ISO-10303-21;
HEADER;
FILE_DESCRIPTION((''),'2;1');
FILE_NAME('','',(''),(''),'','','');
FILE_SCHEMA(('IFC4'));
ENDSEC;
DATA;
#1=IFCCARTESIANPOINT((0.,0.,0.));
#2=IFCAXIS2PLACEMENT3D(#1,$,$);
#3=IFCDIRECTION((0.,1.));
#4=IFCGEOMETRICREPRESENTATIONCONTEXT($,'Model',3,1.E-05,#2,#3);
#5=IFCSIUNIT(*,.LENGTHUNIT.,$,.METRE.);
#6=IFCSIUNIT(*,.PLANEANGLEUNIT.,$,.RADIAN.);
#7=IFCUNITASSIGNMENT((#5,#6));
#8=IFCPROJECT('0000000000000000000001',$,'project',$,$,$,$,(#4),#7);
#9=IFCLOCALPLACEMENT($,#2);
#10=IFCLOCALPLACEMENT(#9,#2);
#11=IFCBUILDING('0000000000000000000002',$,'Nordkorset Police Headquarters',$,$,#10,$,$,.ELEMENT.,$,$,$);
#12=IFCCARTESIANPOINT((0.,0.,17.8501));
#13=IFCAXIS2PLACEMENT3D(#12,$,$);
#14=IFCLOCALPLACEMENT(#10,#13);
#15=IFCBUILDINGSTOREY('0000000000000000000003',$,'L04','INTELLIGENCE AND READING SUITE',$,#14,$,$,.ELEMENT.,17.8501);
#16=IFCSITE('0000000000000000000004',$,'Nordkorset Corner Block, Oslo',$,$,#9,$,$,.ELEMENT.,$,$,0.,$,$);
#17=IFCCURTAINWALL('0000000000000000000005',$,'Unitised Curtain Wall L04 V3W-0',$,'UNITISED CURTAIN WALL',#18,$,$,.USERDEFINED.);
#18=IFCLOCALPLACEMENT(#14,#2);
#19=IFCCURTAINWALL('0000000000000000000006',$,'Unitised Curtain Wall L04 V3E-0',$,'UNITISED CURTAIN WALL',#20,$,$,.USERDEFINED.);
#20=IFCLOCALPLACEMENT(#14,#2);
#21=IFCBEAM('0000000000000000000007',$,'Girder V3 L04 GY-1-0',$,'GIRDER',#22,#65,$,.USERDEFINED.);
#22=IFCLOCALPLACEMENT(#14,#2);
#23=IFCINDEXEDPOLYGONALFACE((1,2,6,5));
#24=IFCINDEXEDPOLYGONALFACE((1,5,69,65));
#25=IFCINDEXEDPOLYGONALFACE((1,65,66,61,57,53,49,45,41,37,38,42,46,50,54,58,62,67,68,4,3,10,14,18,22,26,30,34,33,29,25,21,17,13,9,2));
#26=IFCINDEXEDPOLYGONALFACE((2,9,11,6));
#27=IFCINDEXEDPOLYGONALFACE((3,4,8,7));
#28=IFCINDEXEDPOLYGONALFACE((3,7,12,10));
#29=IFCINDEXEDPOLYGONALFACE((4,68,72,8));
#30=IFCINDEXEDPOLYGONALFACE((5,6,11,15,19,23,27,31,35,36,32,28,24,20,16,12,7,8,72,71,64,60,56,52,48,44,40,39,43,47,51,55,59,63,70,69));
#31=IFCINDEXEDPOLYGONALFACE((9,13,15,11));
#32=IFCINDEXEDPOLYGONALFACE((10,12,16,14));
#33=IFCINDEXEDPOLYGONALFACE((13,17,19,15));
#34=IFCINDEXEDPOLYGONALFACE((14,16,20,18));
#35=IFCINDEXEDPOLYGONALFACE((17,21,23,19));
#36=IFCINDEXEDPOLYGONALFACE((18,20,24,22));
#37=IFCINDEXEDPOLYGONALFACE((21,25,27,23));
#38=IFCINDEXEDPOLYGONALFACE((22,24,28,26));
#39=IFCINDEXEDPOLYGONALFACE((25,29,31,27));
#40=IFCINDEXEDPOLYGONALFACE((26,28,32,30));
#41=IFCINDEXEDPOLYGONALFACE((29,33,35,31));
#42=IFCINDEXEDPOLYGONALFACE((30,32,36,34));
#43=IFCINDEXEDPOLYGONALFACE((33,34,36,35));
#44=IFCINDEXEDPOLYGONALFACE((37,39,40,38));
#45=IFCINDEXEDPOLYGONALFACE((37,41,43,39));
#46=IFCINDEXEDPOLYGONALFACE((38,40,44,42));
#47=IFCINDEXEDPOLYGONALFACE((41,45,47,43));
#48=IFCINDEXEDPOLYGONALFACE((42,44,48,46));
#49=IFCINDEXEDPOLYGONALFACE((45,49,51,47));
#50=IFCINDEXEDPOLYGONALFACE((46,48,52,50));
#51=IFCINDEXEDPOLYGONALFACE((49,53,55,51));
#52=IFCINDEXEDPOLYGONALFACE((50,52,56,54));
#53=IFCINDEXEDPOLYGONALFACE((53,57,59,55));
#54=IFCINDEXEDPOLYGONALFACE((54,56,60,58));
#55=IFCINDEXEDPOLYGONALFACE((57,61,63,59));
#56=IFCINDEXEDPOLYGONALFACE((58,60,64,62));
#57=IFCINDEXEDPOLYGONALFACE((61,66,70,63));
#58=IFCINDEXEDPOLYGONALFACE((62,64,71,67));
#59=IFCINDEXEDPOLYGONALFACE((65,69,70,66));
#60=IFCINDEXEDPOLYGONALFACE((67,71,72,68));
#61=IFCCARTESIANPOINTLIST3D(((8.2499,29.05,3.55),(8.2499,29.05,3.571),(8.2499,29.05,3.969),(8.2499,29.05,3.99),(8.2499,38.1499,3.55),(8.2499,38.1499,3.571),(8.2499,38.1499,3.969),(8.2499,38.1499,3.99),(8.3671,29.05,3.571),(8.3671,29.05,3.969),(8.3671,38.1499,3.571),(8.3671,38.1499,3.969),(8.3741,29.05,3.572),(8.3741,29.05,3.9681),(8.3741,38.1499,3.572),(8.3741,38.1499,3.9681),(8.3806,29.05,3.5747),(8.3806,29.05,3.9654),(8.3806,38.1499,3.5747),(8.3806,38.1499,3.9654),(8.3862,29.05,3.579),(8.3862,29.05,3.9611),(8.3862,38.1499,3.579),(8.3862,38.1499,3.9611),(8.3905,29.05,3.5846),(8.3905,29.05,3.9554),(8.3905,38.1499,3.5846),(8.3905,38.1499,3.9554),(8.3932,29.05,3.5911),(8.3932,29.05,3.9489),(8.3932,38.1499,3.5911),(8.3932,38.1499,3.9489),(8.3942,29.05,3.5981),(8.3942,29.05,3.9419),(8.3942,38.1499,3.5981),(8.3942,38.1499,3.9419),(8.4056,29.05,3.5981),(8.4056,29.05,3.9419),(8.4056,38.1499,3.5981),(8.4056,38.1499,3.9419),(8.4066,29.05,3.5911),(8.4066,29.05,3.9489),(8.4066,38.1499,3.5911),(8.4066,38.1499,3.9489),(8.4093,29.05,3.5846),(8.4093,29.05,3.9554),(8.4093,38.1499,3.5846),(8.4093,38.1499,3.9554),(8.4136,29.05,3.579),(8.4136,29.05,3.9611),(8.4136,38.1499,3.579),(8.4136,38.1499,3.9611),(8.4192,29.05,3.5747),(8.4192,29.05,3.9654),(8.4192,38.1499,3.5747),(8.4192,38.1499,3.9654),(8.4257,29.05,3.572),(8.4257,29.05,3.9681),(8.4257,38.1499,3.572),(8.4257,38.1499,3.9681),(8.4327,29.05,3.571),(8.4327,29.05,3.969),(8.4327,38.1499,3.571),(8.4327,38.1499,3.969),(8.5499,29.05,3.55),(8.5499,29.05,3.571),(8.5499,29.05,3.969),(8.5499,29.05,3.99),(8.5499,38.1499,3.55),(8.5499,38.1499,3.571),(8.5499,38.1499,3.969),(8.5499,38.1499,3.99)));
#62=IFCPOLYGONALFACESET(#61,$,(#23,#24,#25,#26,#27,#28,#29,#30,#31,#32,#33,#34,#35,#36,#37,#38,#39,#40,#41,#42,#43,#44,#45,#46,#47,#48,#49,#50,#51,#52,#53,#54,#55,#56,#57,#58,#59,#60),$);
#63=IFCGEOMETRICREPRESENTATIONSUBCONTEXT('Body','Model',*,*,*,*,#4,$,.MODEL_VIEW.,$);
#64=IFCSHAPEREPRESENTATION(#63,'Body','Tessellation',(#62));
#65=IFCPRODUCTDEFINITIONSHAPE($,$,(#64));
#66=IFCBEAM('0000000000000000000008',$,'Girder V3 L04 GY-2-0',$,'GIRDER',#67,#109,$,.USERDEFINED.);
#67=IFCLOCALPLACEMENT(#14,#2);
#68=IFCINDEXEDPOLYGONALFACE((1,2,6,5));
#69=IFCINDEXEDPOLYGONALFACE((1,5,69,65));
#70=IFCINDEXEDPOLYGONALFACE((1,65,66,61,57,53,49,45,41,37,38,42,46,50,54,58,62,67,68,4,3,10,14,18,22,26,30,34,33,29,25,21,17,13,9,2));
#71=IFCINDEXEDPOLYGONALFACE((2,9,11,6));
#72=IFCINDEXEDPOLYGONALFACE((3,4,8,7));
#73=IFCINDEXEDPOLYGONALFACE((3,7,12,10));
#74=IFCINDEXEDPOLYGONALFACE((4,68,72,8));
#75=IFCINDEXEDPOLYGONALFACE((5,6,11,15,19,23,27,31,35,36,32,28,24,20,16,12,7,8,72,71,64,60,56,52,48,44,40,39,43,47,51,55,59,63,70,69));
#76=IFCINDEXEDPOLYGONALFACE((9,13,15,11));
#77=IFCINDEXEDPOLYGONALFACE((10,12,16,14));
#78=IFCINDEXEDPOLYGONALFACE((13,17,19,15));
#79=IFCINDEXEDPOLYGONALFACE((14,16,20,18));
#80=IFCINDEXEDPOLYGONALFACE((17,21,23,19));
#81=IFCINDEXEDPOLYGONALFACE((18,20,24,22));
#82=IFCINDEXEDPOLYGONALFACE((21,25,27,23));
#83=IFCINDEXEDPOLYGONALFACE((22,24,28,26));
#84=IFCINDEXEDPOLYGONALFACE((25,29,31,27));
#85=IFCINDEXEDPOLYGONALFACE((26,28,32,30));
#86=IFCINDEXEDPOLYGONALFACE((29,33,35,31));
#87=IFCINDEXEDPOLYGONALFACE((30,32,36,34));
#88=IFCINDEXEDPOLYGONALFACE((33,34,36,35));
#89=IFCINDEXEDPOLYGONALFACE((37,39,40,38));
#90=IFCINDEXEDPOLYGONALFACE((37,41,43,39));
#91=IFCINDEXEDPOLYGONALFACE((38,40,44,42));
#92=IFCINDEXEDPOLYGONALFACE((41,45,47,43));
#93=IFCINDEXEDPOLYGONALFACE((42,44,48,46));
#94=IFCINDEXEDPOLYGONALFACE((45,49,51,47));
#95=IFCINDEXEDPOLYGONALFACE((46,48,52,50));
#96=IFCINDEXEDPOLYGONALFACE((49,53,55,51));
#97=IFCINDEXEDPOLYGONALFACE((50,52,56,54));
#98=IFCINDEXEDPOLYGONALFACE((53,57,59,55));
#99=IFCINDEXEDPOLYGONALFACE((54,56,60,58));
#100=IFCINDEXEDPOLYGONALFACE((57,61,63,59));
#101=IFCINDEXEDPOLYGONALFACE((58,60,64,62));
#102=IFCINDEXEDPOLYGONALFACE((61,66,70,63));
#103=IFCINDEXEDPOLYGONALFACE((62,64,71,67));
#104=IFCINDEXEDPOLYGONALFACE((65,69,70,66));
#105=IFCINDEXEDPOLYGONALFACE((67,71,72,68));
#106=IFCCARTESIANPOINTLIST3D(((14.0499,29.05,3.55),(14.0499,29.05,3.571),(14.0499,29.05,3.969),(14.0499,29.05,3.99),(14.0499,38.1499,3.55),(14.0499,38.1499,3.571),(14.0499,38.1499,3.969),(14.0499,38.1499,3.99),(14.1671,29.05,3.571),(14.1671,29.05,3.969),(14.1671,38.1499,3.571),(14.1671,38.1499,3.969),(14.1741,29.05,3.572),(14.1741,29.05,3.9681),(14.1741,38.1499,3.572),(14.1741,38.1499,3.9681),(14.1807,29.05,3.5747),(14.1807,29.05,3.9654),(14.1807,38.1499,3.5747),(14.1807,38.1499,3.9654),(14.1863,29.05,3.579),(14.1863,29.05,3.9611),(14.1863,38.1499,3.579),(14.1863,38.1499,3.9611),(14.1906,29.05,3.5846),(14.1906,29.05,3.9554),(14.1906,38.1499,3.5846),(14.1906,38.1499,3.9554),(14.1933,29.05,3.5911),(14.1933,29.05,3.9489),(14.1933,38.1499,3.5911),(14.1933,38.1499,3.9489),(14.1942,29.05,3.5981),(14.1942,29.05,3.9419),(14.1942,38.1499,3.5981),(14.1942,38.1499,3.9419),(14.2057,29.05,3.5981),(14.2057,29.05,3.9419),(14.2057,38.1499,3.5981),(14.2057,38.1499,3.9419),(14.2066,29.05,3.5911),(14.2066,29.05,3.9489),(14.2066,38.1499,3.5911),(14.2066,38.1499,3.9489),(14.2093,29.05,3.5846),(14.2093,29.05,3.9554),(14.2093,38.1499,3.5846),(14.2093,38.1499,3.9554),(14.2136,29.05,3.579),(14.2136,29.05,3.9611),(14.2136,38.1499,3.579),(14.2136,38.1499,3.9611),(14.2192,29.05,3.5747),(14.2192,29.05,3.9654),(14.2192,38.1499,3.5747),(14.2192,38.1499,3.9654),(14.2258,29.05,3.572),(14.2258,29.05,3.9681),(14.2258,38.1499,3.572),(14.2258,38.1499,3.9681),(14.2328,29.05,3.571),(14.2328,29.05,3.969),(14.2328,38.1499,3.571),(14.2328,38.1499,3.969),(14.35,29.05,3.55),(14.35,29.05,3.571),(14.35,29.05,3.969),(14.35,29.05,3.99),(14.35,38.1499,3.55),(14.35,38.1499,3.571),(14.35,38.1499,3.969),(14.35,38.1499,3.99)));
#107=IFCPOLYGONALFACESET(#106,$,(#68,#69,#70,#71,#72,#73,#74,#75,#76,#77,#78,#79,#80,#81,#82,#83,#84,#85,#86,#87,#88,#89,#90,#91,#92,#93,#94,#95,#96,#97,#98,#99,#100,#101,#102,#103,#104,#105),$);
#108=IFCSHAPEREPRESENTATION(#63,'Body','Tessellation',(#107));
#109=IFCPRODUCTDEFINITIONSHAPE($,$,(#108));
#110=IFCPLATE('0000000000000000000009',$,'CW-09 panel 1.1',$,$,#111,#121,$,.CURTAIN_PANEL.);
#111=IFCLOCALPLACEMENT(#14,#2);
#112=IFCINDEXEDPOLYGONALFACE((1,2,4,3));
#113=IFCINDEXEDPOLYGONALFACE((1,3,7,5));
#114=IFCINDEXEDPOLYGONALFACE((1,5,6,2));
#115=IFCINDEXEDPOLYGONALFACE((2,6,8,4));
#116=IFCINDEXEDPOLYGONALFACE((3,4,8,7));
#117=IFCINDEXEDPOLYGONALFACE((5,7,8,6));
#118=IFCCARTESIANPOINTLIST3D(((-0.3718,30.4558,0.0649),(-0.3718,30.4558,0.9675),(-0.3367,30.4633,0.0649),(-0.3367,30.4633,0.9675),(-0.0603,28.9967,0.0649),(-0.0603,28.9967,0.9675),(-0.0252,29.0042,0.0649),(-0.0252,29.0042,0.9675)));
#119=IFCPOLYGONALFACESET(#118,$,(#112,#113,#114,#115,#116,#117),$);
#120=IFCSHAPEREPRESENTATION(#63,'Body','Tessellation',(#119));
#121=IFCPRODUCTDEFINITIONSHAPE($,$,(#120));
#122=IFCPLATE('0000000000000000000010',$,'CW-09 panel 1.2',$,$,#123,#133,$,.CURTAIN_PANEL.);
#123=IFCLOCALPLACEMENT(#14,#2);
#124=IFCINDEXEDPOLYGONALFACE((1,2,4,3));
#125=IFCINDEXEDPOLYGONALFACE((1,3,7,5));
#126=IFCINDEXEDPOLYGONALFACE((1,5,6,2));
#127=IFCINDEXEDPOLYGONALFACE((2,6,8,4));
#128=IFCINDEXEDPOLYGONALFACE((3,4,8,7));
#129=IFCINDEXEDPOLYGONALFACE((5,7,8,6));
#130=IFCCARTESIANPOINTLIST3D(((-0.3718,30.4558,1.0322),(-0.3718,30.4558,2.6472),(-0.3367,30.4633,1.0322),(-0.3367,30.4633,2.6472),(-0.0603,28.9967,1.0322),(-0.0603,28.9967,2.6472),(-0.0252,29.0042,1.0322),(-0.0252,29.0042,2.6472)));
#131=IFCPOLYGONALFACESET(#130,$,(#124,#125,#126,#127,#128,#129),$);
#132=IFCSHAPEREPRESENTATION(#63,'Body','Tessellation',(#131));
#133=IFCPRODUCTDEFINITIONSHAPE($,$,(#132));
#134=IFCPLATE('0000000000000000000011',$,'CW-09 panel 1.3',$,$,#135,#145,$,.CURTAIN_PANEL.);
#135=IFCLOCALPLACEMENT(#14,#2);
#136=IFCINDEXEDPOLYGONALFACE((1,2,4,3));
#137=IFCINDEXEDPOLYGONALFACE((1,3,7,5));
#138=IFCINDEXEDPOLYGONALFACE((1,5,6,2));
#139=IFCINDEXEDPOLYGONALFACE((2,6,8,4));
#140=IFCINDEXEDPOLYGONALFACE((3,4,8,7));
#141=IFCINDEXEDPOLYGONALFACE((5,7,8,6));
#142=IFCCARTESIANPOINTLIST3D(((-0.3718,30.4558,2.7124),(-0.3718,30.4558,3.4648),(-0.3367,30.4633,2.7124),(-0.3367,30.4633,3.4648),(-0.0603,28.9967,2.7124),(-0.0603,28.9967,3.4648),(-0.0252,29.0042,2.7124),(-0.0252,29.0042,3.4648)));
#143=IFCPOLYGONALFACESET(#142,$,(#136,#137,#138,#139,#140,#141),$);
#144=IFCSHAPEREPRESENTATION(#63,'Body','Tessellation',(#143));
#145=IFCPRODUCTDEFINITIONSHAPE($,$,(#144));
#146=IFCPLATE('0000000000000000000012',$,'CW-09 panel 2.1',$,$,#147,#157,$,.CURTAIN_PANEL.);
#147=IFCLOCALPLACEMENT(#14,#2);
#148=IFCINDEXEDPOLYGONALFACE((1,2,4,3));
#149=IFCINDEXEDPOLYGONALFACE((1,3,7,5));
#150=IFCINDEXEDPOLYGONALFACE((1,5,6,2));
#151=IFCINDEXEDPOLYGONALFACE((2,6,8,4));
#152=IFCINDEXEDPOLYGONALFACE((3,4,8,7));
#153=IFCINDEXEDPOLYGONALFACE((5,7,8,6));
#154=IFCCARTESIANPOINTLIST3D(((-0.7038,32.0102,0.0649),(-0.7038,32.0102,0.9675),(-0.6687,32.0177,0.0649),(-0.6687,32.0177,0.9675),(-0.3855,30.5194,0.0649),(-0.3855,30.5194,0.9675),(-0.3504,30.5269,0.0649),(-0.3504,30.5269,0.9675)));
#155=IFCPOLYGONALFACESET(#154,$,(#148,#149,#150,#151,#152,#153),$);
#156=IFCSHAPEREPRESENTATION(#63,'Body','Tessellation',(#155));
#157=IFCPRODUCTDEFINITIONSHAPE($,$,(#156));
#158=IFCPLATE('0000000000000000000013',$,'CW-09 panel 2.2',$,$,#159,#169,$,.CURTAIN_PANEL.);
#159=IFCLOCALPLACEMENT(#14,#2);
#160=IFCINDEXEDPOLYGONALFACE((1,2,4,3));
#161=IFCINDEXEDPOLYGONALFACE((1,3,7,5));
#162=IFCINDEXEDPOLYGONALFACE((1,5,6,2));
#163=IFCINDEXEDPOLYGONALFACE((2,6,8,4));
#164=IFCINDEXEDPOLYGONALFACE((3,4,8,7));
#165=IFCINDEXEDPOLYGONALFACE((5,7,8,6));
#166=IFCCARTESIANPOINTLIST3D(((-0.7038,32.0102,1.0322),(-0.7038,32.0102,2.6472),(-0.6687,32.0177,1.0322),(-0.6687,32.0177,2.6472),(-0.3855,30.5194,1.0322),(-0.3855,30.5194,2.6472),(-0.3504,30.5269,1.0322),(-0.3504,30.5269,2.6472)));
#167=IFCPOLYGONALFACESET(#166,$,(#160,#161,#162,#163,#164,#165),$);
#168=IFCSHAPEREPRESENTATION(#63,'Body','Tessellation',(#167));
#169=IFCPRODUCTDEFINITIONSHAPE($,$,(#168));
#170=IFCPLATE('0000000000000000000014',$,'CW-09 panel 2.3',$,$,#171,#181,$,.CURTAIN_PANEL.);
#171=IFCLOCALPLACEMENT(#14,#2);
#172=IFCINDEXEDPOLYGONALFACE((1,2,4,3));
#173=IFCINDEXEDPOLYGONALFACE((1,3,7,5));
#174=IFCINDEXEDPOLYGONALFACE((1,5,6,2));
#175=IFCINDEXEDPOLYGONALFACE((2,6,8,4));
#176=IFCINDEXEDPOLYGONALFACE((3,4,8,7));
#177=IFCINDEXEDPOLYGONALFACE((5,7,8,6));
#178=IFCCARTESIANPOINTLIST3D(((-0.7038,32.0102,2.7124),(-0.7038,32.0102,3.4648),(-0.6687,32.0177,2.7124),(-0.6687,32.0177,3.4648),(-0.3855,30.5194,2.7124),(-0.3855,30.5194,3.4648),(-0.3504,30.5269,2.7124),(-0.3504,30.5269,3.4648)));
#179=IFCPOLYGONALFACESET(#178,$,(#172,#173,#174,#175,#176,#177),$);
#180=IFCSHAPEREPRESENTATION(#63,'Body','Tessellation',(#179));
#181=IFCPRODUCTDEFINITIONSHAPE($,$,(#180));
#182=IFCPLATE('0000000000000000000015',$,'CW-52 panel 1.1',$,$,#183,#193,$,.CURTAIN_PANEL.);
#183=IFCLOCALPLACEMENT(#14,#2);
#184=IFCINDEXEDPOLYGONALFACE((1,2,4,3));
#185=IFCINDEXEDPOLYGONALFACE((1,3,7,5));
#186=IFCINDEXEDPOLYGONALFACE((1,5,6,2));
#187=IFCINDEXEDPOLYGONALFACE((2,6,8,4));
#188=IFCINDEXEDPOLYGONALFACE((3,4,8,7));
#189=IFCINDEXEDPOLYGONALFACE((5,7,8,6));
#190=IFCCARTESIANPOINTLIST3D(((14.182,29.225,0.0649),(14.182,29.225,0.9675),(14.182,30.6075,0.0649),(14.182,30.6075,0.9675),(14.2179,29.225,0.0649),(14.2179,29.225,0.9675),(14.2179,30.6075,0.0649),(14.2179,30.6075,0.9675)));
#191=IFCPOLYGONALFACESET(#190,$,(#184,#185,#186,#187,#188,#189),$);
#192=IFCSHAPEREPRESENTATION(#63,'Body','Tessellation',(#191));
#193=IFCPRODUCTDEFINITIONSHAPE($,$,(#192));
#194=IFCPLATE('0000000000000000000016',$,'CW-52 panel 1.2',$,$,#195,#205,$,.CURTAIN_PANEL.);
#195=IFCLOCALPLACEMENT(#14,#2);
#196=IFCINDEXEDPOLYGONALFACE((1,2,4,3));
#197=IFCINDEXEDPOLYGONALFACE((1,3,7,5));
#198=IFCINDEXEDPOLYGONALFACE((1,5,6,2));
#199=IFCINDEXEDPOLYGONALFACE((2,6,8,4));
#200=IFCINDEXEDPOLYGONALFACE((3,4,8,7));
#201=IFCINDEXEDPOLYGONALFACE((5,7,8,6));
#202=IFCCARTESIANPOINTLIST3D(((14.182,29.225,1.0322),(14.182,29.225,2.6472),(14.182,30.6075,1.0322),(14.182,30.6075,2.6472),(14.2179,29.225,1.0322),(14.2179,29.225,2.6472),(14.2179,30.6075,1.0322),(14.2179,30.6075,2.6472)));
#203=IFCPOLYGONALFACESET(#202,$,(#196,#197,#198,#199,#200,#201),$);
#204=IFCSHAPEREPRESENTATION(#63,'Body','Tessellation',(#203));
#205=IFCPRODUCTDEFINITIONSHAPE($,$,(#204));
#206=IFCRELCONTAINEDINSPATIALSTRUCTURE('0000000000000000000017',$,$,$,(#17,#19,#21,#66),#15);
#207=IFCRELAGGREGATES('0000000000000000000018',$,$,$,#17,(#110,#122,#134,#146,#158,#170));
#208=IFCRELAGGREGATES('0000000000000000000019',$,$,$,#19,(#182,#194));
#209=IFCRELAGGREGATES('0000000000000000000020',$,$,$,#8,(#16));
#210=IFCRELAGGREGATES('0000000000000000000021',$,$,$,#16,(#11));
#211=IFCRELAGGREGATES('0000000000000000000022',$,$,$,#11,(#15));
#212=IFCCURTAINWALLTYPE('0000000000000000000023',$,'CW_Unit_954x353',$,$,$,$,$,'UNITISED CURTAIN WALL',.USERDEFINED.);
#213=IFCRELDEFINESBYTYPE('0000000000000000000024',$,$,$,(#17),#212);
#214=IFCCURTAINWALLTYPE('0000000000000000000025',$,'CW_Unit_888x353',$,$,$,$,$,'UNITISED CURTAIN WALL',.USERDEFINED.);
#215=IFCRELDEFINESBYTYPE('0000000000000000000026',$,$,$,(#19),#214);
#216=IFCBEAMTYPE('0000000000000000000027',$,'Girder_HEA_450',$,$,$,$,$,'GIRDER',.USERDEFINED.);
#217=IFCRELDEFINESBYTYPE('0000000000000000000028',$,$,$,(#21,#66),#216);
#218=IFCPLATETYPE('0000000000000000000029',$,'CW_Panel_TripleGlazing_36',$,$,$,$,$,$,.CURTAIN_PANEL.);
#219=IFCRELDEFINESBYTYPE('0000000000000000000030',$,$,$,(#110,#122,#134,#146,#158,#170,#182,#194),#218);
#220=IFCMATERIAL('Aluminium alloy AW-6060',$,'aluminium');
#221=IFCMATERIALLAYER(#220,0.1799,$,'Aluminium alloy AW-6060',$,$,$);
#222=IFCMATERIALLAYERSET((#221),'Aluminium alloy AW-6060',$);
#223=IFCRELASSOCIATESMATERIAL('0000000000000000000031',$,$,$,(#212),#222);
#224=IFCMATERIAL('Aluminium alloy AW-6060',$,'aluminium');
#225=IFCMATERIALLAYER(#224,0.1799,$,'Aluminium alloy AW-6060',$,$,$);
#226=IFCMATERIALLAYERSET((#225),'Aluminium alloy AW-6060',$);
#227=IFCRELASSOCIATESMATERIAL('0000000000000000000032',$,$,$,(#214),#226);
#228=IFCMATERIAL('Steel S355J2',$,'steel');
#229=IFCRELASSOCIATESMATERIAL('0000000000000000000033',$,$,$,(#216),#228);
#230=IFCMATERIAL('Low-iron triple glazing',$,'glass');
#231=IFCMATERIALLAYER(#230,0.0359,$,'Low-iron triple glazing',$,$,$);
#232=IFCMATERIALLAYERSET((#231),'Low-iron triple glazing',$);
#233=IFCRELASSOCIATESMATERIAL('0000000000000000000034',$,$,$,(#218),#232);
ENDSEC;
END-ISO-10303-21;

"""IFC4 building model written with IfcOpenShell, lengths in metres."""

from ifc_helpers import new_model, si_unit, direction, frame, origin, origin_2d, place, context, subcontext, project, spatial, rectangle, i_section, extrude, material, layer, layer_set, material_profile, profile_set, type_object, element, aggregate, save


model = new_model("IFC4")

# Units and contexts
model_context = context("Model", 3, precision=1e-05, world=origin(), true_north=direction((0.0, 1.0)))
body_context = subcontext(model_context, "Body", "Model", "MODEL_VIEW")
ifc_project = project(units=[si_unit("LENGTHUNIT", "METRE"), si_unit("PLANEANGLEUNIT", "RADIAN")], contexts=[model_context])

# Site, building, storey
site_placement = place(None, origin())
site = spatial("IfcSite", under=ifc_project, at=site_placement, Name="Nordkorset Corner Block, Oslo", CompositionType="ELEMENT", RefElevation=0.0)
building_placement = place(site_placement, origin())
building = spatial("IfcBuilding", under=site, at=building_placement, Name="Nordkorset Police Headquarters", CompositionType="ELEMENT")
storey_placement = place(building_placement, frame((0.0, 0.0, 17.8501)))
storey = spatial("IfcBuildingStorey", under=building, at=storey_placement, Name="L04", Description="INTELLIGENCE AND READING SUITE", CompositionType="ELEMENT", Elevation=17.8501)

# Curtain walls
ifc_material_1 = material(Name="Aluminium alloy AW-6060", Category="aluminium")
ifc_layer_1 = layer(ifc_material_1, 0.1799, Name="Aluminium alloy AW-6060")
ifc_layer_set_1 = layer_set([ifc_layer_1], Name="Aluminium alloy AW-6060")
curtain_wall_type_1 = type_object("IfcCurtainWallType", Name="CW_Unit_954x353", ElementType="UNITISED CURTAIN WALL", PredefinedType="USERDEFINED", material=ifc_layer_set_1)
curtain_wall_1_placement = place(storey_placement, origin())
curtain_wall_1 = element("IfcCurtainWall", 1, at=curtain_wall_1_placement, inside=storey, type_object=curtain_wall_type_1, Name="Unitised Curtain Wall L04 V3W-0", ObjectType="UNITISED CURTAIN WALL", PredefinedType="USERDEFINED")
ifc_material_2 = material(Name="Aluminium alloy AW-6060", Category="aluminium")
ifc_layer_2 = layer(ifc_material_2, 0.1799, Name="Aluminium alloy AW-6060")
ifc_layer_set_2 = layer_set([ifc_layer_2], Name="Aluminium alloy AW-6060")
curtain_wall_type_2 = type_object("IfcCurtainWallType", Name="CW_Unit_888x353", ElementType="UNITISED CURTAIN WALL", PredefinedType="USERDEFINED", material=ifc_layer_set_2)
curtain_wall_2_placement = place(storey_placement, origin())
curtain_wall_2 = element("IfcCurtainWall", 2, at=curtain_wall_2_placement, inside=storey, type_object=curtain_wall_type_2, Name="Unitised Curtain Wall L04 V3E-0", ObjectType="UNITISED CURTAIN WALL", PredefinedType="USERDEFINED")

# Beams
ifc_material_3 = material(Name="Steel S355J2", Category="steel")
ifc_material_profile_1 = material_profile(ifc_material_3, i_section(OverallWidth=0.3, OverallDepth=0.4399, WebThickness=0.0115, FlangeThickness=0.021, FilletRadius=0.0271, at=origin_2d()), Name="HEA 450")
ifc_profile_set_1 = profile_set([ifc_material_profile_1], Name="Steel S355J2")
beam_type = type_object("IfcBeamType", Name="Girder_HEA_450", ElementType="GIRDER", PredefinedType="USERDEFINED", material=ifc_profile_set_1)
for number, where, z_axis, x_axis, name in (
    (3, (8.3999, 29.05, 3.77), (0.0, 1.0, 0.0), (-1.0, 0.0, 0.0), "Girder V3 L04 GY-1-0"),
    (4, (14.2, 29.05, 3.77), (0.0, 1.0, 0.0), (-1.0, 0.0, 0.0), "Girder V3 L04 GY-2-0"),
):
    element("IfcBeam", number, at=place(storey_placement, frame(where, z_axis=z_axis, x_axis=x_axis)), inside=storey, type_object=beam_type, Name=name, ObjectType="GIRDER", PredefinedType="USERDEFINED", context=body_context, shape_type="SweptSolid", body=[
        extrude(i_section(OverallWidth=0.3, OverallDepth=0.4399, WebThickness=0.0115, FlangeThickness=0.021, FilletRadius=0.0271, at=origin_2d()), origin(), (0.0, 0.0, 1.0), 9.0999),
    ])

# Plates
ifc_material_4 = material(Name="Low-iron triple glazing", Category="glass")
ifc_layer_3 = layer(ifc_material_4, 0.0359, Name="Low-iron triple glazing")
ifc_layer_set_3 = layer_set([ifc_layer_3], Name="Low-iron triple glazing")
plate_type = type_object("IfcPlateType", Name="CW_Panel_TripleGlazing_36", PredefinedType="CURTAIN_PANEL", material=ifc_layer_set_3)
plate_1_placement = place(storey_placement, frame((-0.1985, 29.73, 0.0649), z_axis=(0.0, 0.0, 1.0), x_axis=(-0.208833, 0.977951, 0.0)))
plate_1 = element("IfcPlate", 5, at=plate_1_placement, type_object=plate_type, Name="CW-09 panel 1.1", PredefinedType="CURTAIN_PANEL", context=body_context, shape_type="SweptSolid", body=[
    extrude(rectangle(XDim=1.4919, YDim=0.0359, at=origin_2d()), origin(), (0.0, 0.0, 1.0), 0.9026),
])
plate_2_placement = place(storey_placement, frame((-0.1985, 29.73, 1.0322), z_axis=(0.0, 0.0, 1.0), x_axis=(-0.208833, 0.977951, 0.0)))
plate_2 = element("IfcPlate", 6, at=plate_2_placement, type_object=plate_type, Name="CW-09 panel 1.2", PredefinedType="CURTAIN_PANEL", context=body_context, shape_type="SweptSolid", body=[
    extrude(rectangle(XDim=1.4919, YDim=0.0359, at=origin_2d()), origin(), (0.0, 0.0, 1.0), 1.615),
])
plate_3_placement = place(storey_placement, frame((-0.1985, 29.73, 2.7124), z_axis=(0.0, 0.0, 1.0), x_axis=(-0.208833, 0.977951, 0.0)))
plate_3 = element("IfcPlate", 7, at=plate_3_placement, type_object=plate_type, Name="CW-09 panel 1.3", PredefinedType="CURTAIN_PANEL", context=body_context, shape_type="SweptSolid", body=[
    extrude(rectangle(XDim=1.4919, YDim=0.0359, at=origin_2d()), origin(), (0.0, 0.0, 1.0), 0.7524),
])
plate_4_placement = place(storey_placement, frame((-0.5271, 31.2686, 0.0649), z_axis=(0.0, 0.0, 1.0), x_axis=(-0.208833, 0.977951, 0.0)))
plate_4 = element("IfcPlate", 8, at=plate_4_placement, type_object=plate_type, Name="CW-09 panel 2.1", PredefinedType="CURTAIN_PANEL", context=body_context, shape_type="SweptSolid", body=[
    extrude(rectangle(XDim=1.5244, YDim=0.0359, at=origin_2d()), origin(), (0.0, 0.0, 1.0), 0.9026),
])
plate_5_placement = place(storey_placement, frame((-0.5271, 31.2686, 1.0322), z_axis=(0.0, 0.0, 1.0), x_axis=(-0.208833, 0.977951, 0.0)))
plate_5 = element("IfcPlate", 9, at=plate_5_placement, type_object=plate_type, Name="CW-09 panel 2.2", PredefinedType="CURTAIN_PANEL", context=body_context, shape_type="SweptSolid", body=[
    extrude(rectangle(XDim=1.5244, YDim=0.0359, at=origin_2d()), origin(), (0.0, 0.0, 1.0), 1.615),
])
plate_6_placement = place(storey_placement, frame((-0.5271, 31.2686, 2.7124), z_axis=(0.0, 0.0, 1.0), x_axis=(-0.208833, 0.977951, 0.0)))
plate_6 = element("IfcPlate", 10, at=plate_6_placement, type_object=plate_type, Name="CW-09 panel 2.3", PredefinedType="CURTAIN_PANEL", context=body_context, shape_type="SweptSolid", body=[
    extrude(rectangle(XDim=1.5244, YDim=0.0359, at=origin_2d()), origin(), (0.0, 0.0, 1.0), 0.7524),
])
aggregate(curtain_wall_1, [plate_1, plate_2, plate_3, plate_4, plate_5, plate_6])
plate_7_placement = place(storey_placement, frame((14.2, 29.9163, 0.0649), z_axis=(0.0, 0.0, 1.0), x_axis=(0.0, 1.0, 0.0)))
plate_7 = element("IfcPlate", 11, at=plate_7_placement, type_object=plate_type, Name="CW-52 panel 1.1", PredefinedType="CURTAIN_PANEL", context=body_context, shape_type="SweptSolid", body=[
    extrude(rectangle(XDim=1.3826, YDim=0.0359, at=origin_2d()), origin(), (0.0, 0.0, 1.0), 0.9026),
])
plate_8_placement = place(storey_placement, frame((14.2, 29.9163, 1.0322), z_axis=(0.0, 0.0, 1.0), x_axis=(0.0, 1.0, 0.0)))
plate_8 = element("IfcPlate", 12, at=plate_8_placement, type_object=plate_type, Name="CW-52 panel 1.2", PredefinedType="CURTAIN_PANEL", context=body_context, shape_type="SweptSolid", body=[
    extrude(rectangle(XDim=1.3826, YDim=0.0359, at=origin_2d()), origin(), (0.0, 0.0, 1.0), 1.615),
])
aggregate(curtain_wall_2, [plate_7, plate_8])

save(model, "model.ifc")
